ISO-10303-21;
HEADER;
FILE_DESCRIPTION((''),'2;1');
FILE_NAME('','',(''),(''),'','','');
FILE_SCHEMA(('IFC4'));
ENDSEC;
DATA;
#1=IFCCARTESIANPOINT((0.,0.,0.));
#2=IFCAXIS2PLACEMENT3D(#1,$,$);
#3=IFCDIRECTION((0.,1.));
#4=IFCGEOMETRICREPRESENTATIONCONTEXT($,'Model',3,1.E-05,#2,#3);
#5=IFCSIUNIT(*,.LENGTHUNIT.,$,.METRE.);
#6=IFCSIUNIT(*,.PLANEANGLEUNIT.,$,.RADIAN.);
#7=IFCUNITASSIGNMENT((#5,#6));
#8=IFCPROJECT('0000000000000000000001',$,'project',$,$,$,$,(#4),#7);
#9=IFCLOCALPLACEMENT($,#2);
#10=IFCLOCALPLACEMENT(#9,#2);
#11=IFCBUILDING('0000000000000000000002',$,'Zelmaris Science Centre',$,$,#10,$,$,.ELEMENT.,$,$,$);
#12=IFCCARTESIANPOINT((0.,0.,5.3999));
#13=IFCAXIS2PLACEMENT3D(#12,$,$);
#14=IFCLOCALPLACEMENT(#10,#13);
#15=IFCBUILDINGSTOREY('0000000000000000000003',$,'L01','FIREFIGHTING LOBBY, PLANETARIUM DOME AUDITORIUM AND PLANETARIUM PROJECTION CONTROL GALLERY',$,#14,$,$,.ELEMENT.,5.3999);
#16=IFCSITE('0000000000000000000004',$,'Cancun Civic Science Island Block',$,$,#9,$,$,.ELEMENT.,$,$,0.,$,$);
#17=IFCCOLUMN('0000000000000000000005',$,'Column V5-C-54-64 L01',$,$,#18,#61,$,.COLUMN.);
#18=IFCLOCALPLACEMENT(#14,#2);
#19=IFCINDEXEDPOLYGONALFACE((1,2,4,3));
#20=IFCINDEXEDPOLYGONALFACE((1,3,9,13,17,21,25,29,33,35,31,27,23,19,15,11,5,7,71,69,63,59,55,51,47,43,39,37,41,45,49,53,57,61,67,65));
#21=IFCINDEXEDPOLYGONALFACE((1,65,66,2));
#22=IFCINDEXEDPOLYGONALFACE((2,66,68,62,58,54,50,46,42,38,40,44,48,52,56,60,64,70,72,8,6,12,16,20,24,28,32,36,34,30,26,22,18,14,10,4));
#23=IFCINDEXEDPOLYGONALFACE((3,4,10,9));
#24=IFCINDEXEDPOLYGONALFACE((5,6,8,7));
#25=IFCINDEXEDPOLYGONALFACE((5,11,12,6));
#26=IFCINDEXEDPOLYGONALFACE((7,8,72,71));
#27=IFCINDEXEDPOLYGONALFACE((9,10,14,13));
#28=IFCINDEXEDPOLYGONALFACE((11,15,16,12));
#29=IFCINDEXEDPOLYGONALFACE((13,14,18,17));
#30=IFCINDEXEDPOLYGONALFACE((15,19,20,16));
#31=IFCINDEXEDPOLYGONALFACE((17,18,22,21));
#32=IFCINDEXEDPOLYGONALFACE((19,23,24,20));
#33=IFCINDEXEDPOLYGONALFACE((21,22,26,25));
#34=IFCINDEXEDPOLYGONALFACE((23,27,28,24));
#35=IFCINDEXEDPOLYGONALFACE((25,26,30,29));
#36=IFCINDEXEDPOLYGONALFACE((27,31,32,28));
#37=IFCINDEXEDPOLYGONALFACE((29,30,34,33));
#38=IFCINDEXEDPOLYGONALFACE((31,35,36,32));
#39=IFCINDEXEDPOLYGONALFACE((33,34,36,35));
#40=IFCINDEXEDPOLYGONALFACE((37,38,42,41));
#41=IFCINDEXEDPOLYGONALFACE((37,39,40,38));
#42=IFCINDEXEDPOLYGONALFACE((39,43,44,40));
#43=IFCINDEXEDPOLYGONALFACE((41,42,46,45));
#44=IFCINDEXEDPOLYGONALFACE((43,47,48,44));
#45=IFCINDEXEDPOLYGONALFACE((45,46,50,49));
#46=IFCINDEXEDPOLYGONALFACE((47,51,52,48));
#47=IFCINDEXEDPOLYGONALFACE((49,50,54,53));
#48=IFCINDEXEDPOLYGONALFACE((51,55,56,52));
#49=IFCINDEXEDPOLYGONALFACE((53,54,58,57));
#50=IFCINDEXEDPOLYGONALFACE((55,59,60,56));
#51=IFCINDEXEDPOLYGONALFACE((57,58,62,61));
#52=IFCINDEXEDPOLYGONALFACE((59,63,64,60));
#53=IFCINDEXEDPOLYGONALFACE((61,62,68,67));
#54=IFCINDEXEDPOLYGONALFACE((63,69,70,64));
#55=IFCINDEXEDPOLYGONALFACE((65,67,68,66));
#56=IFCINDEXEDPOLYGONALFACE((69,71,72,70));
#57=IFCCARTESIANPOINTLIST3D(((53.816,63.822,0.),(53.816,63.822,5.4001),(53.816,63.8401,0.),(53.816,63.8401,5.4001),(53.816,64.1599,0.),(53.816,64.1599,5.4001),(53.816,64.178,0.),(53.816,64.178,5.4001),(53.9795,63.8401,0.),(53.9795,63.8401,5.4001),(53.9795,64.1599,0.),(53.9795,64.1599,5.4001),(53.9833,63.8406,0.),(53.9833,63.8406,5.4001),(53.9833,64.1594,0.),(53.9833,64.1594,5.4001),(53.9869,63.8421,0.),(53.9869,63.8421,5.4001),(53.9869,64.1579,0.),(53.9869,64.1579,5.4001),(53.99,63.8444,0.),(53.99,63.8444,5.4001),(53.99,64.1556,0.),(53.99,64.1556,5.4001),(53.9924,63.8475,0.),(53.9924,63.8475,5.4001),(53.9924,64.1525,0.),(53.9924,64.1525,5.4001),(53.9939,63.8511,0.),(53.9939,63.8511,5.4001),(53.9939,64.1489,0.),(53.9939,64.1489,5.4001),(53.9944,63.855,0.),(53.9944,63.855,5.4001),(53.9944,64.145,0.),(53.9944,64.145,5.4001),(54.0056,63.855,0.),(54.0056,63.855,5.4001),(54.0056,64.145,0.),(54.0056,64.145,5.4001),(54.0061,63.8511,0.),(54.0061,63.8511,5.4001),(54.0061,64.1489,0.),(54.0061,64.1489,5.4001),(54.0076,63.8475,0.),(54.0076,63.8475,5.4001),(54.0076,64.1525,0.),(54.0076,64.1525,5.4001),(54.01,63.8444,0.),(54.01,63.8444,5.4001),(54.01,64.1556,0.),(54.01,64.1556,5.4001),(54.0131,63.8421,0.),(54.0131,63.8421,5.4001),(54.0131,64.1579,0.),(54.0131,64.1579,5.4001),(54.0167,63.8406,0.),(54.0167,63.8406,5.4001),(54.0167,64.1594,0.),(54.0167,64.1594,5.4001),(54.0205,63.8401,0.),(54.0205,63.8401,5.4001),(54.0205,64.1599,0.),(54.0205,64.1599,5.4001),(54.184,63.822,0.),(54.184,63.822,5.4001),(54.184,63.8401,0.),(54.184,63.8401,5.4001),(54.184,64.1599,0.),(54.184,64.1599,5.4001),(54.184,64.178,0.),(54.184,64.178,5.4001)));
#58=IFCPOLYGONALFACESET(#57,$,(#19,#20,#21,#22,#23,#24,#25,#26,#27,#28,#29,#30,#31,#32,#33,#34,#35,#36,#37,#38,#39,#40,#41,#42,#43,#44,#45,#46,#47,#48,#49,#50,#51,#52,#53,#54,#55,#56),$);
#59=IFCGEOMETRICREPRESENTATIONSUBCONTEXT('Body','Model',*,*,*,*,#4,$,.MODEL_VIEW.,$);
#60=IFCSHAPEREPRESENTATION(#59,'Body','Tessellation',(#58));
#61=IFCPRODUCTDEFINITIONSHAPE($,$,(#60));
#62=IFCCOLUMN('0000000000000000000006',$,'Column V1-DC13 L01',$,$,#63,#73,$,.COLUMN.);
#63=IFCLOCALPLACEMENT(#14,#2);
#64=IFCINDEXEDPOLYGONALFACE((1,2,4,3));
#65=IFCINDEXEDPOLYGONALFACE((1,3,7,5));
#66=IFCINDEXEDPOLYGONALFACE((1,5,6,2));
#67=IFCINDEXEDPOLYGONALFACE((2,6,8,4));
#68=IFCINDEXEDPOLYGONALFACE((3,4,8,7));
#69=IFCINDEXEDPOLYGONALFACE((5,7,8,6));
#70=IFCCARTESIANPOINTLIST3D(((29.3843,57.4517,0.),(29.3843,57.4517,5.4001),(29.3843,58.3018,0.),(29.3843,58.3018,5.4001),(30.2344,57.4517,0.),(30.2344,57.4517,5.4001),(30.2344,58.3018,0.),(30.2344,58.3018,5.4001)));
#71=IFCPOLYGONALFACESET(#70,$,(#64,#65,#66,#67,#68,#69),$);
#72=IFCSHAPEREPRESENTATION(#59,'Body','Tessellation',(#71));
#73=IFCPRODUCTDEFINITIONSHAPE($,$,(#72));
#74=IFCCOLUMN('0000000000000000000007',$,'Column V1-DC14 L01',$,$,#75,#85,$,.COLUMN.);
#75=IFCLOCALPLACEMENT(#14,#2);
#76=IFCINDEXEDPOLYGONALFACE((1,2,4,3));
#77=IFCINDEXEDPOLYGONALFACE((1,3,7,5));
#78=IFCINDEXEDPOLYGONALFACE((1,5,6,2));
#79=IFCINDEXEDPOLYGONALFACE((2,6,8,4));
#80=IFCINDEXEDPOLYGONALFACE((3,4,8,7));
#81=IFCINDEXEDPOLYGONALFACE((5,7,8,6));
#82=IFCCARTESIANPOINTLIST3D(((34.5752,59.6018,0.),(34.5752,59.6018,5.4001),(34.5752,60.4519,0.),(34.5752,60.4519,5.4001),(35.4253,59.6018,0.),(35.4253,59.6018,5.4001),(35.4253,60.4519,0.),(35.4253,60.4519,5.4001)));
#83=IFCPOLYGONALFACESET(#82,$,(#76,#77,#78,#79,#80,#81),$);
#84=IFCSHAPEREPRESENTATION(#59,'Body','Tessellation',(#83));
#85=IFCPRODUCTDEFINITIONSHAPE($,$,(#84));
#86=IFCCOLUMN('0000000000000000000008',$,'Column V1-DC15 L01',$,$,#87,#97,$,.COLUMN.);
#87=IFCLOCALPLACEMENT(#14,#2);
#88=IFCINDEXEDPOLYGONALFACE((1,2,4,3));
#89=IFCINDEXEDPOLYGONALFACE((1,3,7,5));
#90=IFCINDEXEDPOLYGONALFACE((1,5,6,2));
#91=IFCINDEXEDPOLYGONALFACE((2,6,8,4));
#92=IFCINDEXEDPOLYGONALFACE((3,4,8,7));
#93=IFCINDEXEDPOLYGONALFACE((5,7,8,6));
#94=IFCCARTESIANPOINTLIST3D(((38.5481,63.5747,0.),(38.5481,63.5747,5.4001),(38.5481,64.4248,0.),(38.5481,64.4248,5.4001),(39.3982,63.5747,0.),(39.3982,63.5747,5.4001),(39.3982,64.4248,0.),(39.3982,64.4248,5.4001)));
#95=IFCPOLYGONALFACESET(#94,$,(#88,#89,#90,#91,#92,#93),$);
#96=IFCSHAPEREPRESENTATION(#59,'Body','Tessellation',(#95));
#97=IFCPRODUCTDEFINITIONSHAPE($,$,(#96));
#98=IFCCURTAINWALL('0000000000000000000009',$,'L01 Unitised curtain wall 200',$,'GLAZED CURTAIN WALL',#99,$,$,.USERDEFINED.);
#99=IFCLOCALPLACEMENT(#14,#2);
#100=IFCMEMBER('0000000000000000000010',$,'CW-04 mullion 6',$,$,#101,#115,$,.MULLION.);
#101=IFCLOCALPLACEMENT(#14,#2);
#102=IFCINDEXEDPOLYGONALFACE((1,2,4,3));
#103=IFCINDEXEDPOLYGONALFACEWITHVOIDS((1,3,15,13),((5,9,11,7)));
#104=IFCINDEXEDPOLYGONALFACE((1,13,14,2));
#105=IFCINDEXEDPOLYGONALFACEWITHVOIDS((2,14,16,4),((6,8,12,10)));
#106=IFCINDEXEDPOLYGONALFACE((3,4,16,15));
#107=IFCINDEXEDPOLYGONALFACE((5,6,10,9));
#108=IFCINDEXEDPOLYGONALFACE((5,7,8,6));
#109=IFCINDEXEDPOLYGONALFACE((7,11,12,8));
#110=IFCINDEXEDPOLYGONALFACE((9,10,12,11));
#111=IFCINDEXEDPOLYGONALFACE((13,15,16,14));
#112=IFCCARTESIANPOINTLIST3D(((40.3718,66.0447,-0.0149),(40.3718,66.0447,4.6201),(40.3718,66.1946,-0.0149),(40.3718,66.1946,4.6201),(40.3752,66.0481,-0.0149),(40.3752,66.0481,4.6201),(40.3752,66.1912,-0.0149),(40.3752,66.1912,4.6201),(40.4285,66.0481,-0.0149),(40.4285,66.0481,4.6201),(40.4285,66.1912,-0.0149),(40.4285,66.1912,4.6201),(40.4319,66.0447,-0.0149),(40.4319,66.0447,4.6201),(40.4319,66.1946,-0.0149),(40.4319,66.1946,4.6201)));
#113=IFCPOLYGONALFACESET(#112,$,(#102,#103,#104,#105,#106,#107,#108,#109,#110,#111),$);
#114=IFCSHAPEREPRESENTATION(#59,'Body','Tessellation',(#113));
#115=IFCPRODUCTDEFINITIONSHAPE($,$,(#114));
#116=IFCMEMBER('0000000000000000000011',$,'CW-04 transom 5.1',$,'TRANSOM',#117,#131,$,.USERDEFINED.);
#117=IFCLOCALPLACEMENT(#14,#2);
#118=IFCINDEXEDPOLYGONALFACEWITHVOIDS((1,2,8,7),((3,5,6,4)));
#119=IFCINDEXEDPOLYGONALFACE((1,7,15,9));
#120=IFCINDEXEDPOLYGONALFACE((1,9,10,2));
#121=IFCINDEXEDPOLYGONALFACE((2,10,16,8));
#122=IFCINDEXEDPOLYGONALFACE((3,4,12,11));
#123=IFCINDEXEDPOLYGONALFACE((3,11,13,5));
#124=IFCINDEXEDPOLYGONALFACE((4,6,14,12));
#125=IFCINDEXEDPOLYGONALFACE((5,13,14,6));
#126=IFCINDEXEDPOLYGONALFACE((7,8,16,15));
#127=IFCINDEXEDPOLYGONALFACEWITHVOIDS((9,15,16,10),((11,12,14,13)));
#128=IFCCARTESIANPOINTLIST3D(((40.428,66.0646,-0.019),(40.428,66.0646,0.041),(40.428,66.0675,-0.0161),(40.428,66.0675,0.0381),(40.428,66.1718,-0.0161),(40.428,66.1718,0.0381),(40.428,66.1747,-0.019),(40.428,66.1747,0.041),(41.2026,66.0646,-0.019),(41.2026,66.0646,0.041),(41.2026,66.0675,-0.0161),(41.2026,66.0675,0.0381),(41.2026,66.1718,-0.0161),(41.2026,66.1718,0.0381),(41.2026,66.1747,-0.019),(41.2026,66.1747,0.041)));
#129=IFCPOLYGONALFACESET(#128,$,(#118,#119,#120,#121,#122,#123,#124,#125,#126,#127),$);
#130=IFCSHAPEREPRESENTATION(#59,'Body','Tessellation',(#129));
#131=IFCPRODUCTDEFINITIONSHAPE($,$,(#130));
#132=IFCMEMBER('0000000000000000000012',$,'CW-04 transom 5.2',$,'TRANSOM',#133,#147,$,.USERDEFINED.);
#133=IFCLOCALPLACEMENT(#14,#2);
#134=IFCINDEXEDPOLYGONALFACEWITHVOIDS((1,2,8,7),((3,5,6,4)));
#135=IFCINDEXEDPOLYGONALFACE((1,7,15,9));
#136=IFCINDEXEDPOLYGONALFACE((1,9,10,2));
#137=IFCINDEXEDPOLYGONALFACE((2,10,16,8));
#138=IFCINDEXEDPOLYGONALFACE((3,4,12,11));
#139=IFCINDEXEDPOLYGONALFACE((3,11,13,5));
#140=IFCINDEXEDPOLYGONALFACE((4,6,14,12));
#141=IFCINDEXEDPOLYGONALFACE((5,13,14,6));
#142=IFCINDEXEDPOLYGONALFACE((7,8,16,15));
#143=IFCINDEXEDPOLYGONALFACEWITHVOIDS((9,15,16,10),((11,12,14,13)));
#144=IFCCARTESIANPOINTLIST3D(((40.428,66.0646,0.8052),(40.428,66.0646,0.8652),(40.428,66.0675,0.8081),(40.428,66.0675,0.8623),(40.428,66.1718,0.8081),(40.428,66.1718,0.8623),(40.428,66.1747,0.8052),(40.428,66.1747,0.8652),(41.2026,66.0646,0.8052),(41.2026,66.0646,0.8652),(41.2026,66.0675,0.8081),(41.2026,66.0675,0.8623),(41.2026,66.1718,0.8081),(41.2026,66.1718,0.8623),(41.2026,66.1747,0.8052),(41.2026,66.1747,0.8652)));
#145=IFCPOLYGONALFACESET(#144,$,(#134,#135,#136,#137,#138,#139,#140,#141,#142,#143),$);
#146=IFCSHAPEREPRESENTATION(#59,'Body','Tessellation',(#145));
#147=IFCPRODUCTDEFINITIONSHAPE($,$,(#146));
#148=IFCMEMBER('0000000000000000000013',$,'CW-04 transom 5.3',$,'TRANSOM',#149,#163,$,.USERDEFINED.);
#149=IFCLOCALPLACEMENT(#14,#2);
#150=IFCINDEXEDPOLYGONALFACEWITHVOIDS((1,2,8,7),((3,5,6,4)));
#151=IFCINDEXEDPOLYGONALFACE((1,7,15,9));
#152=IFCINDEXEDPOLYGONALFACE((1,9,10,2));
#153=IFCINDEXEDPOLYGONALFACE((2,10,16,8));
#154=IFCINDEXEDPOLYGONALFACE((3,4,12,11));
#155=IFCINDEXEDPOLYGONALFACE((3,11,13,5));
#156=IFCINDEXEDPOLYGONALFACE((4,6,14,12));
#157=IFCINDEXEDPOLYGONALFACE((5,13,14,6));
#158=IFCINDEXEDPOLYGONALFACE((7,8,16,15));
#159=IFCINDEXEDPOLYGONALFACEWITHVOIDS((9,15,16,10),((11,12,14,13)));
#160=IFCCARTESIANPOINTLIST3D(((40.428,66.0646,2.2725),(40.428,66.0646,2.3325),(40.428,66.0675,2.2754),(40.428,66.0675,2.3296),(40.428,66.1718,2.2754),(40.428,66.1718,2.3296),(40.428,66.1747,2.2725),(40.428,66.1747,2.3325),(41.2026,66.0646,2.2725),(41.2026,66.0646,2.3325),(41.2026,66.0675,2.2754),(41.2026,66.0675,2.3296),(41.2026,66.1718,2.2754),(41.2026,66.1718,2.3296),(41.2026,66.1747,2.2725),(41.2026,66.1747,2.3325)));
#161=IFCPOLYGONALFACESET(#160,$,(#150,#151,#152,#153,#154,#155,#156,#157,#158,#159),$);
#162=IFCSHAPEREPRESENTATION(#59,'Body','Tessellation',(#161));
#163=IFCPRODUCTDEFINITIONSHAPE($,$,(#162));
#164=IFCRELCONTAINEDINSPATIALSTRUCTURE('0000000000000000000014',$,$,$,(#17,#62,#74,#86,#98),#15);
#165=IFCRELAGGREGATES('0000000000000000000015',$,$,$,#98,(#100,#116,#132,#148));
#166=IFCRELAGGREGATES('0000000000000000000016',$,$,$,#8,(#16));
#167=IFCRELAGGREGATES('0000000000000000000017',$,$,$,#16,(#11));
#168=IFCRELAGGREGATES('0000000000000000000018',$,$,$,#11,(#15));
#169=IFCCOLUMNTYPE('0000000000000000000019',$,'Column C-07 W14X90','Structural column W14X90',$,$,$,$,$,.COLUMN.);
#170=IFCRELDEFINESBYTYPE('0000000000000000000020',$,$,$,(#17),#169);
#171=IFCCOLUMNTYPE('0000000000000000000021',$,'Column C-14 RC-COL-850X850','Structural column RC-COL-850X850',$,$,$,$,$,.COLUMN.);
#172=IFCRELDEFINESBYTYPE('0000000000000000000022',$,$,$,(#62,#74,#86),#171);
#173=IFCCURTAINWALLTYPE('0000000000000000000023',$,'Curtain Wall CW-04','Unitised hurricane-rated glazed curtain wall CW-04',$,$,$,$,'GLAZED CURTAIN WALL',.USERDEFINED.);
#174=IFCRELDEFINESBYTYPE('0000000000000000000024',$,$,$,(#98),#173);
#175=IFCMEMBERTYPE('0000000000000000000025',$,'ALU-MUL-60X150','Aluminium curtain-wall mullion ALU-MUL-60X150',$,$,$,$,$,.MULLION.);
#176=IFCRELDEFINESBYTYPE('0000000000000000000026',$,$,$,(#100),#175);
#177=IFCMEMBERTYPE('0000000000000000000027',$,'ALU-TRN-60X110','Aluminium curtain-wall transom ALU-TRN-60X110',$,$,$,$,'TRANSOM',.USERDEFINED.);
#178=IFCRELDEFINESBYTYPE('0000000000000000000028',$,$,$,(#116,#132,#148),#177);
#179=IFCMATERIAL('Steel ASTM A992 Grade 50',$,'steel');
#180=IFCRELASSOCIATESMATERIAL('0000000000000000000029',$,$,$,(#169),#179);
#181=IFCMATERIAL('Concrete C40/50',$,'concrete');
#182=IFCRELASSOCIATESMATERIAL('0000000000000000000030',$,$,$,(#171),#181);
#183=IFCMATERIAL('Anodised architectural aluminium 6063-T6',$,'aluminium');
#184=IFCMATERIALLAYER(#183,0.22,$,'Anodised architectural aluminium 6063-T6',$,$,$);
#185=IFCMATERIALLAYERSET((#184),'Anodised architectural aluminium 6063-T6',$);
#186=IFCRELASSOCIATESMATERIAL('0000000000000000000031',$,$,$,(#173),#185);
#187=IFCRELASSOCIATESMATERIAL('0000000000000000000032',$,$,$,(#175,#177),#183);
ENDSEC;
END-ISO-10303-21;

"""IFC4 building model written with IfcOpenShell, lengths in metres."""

from ifc_helpers import new_model, si_unit, direction, frame, origin, origin_2d, place, context, subcontext, project, spatial, rectangle, hollow_rectangle, i_section, extrude, material, layer, layer_set, material_profile, profile_set, type_object, element, aggregate, save


model = new_model("IFC4")

# Units and contexts
model_context = context("Model", 3, precision=1e-05, world=origin(), true_north=direction((0.0, 1.0)))
body_context = subcontext(model_context, "Body", "Model", "MODEL_VIEW")
ifc_project = project(units=[si_unit("LENGTHUNIT", "METRE"), si_unit("PLANEANGLEUNIT", "RADIAN")], contexts=[model_context])

# Site, building, storey
site_placement = place(None, origin())
site = spatial("IfcSite", under=ifc_project, at=site_placement, Name="Cancun Civic Science Island Block", CompositionType="ELEMENT", RefElevation=0.0)
building_placement = place(site_placement, origin())
building = spatial("IfcBuilding", under=site, at=building_placement, Name="Zelmaris Science Centre", CompositionType="ELEMENT")
storey_placement = place(building_placement, frame((0.0, 0.0, 5.3999)))
storey = spatial("IfcBuildingStorey", under=building, at=storey_placement, Name="L01", Description="FIREFIGHTING LOBBY, PLANETARIUM DOME AUDITORIUM AND PLANETARIUM PROJECTION CONTROL GALLERY", CompositionType="ELEMENT", Elevation=5.3999)

# Columns
ifc_material_1 = material(Name="Steel ASTM A992 Grade 50", Category="steel")
ifc_material_profile_1 = material_profile(ifc_material_1, i_section(OverallWidth=0.3679, OverallDepth=0.356, WebThickness=0.0112, FlangeThickness=0.0181, FilletRadius=0.0149, at=origin_2d()), Name="W14X90")
ifc_profile_set_1 = profile_set([ifc_material_profile_1], Name="Steel ASTM A992 Grade 50")
column_type_1 = type_object("IfcColumnType", Name="Column C-07 W14X90", Description="Structural column W14X90", PredefinedType="COLUMN", material=ifc_profile_set_1)
column_placement = place(storey_placement, frame((54.0, 64.0, 0.0), z_axis=(0.0, 0.0, 1.0), x_axis=(1.0, 0.0, 0.0)))
element("IfcColumn", 1, at=column_placement, inside=storey, type_object=column_type_1, Name="Column V5-C-54-64 L01", PredefinedType="COLUMN", context=body_context, shape_type="SweptSolid", body=[
    extrude(i_section(OverallWidth=0.3679, OverallDepth=0.356, WebThickness=0.0112, FlangeThickness=0.0181, FilletRadius=0.0149, at=origin_2d()), origin(), (0.0, 0.0, 1.0), 5.4001),
])
ifc_material_2 = material(Name="Concrete C40/50", Category="concrete")
ifc_material_profile_2 = material_profile(ifc_material_2, rectangle(XDim=0.8501, YDim=0.8501, at=origin_2d()), Name="RC-COL-850X850")
ifc_profile_set_2 = profile_set([ifc_material_profile_2], Name="Concrete C40/50")
column_type_2 = type_object("IfcColumnType", Name="Column C-14 RC-COL-850X850", Description="Structural column RC-COL-850X850", PredefinedType="COLUMN", material=ifc_profile_set_2)
for number, where, z_axis, x_axis, name in (
    (2, (29.8093, 57.8767, 0.0), (0.0, 0.0, 1.0), (1.0, 0.0, 0.0), "Column V1-DC13 L01"),
    (3, (35.0002, 60.0269, 0.0), (0.0, 0.0, 1.0), (1.0, 0.0, 0.0), "Column V1-DC14 L01"),
    (4, (38.9731, 63.9998, 0.0), (0.0, 0.0, 1.0), (1.0, 0.0, 0.0), "Column V1-DC15 L01"),
):
    element("IfcColumn", number, at=place(storey_placement, frame(where, z_axis=z_axis, x_axis=x_axis)), inside=storey, type_object=column_type_2, Name=name, PredefinedType="COLUMN", context=body_context, shape_type="SweptSolid", body=[
        extrude(rectangle(XDim=0.8501, YDim=0.8501, at=origin_2d()), origin(), (0.0, 0.0, 1.0), 5.4001),
    ])

# Curtain wall, members
ifc_material_3 = material(Name="Anodised architectural aluminium 6063-T6", Category="aluminium")
ifc_layer_1 = layer(ifc_material_3, 0.22, Name="Anodised architectural aluminium 6063-T6")
ifc_layer_set_1 = layer_set([ifc_layer_1], Name="Anodised architectural aluminium 6063-T6")
curtain_wall_type = type_object("IfcCurtainWallType", Name="Curtain Wall CW-04", Description="Unitised hurricane-rated glazed curtain wall CW-04", ElementType="GLAZED CURTAIN WALL", PredefinedType="USERDEFINED", material=ifc_layer_set_1)
curtain_wall_placement = place(storey_placement, origin())
curtain_wall = element("IfcCurtainWall", 5, at=curtain_wall_placement, inside=storey, type_object=curtain_wall_type, Name="L01 Unitised curtain wall 200", ObjectType="GLAZED CURTAIN WALL", PredefinedType="USERDEFINED")
ifc_material_profile_3 = material_profile(ifc_material_3, hollow_rectangle(XDim=0.0601, YDim=0.1499, WallThickness=0.0034, at=origin_2d()), Name="ALU-MUL-60X150")
ifc_profile_set_3 = profile_set([ifc_material_profile_3], Name="Anodised architectural aluminium 6063-T6")
member_type_1 = type_object("IfcMemberType", Name="ALU-MUL-60X150", Description="Aluminium curtain-wall mullion ALU-MUL-60X150", PredefinedType="MULLION", material=ifc_profile_set_3)
member_1_placement = place(storey_placement, frame((40.4019, 66.1196, -0.0149), z_axis=(0.0, 0.0, 1.0), x_axis=(-1.0, 0.0, 0.0)))
member_1 = element("IfcMember", 6, at=member_1_placement, type_object=member_type_1, Name="CW-04 mullion 6", PredefinedType="MULLION", context=body_context, shape_type="SweptSolid", body=[
    extrude(hollow_rectangle(XDim=0.0601, YDim=0.1499, WallThickness=0.0034, at=origin_2d()), origin(), (0.0, 0.0, 1.0), 4.635),
])
ifc_material_profile_4 = material_profile(ifc_material_3, hollow_rectangle(XDim=0.0601, YDim=0.1101, WallThickness=0.0029, at=origin_2d()), Name="ALU-TRN-60X110")
ifc_profile_set_4 = profile_set([ifc_material_profile_4], Name="Anodised architectural aluminium 6063-T6")
member_type_2 = type_object("IfcMemberType", Name="ALU-TRN-60X110", Description="Aluminium curtain-wall transom ALU-TRN-60X110", ElementType="TRANSOM", PredefinedType="USERDEFINED", material=ifc_profile_set_4)
member_2_placement = place(storey_placement, frame((41.2026, 66.1196, 0.011), z_axis=(-1.0, 0.0, 0.0), x_axis=(0.0, 0.0, 1.0)))
member_2 = element("IfcMember", 7, at=member_2_placement, type_object=member_type_2, Name="CW-04 transom 5.1", ObjectType="TRANSOM", PredefinedType="USERDEFINED", context=body_context, shape_type="SweptSolid", body=[
    extrude(hollow_rectangle(XDim=0.0601, YDim=0.1101, WallThickness=0.0029, at=origin_2d()), origin(), (0.0, 0.0, 1.0), 0.7747),
])
member_3_placement = place(storey_placement, frame((41.2026, 66.1196, 0.8352), z_axis=(-1.0, 0.0, 0.0), x_axis=(0.0, 0.0, 1.0)))
member_3 = element("IfcMember", 8, at=member_3_placement, type_object=member_type_2, Name="CW-04 transom 5.2", ObjectType="TRANSOM", PredefinedType="USERDEFINED", context=body_context, shape_type="SweptSolid", body=[
    extrude(hollow_rectangle(XDim=0.0601, YDim=0.1101, WallThickness=0.0029, at=origin_2d()), origin(), (0.0, 0.0, 1.0), 0.7747),
])
member_4_placement = place(storey_placement, frame((41.2026, 66.1196, 2.3025), z_axis=(-1.0, 0.0, 0.0), x_axis=(0.0, 0.0, 1.0)))
member_4 = element("IfcMember", 9, at=member_4_placement, type_object=member_type_2, Name="CW-04 transom 5.3", ObjectType="TRANSOM", PredefinedType="USERDEFINED", context=body_context, shape_type="SweptSolid", body=[
    extrude(hollow_rectangle(XDim=0.0601, YDim=0.1101, WallThickness=0.0029, at=origin_2d()), origin(), (0.0, 0.0, 1.0), 0.7747),
])

aggregate(curtain_wall, [member_1, member_2, member_3, member_4])

save(model, "model.ifc")
